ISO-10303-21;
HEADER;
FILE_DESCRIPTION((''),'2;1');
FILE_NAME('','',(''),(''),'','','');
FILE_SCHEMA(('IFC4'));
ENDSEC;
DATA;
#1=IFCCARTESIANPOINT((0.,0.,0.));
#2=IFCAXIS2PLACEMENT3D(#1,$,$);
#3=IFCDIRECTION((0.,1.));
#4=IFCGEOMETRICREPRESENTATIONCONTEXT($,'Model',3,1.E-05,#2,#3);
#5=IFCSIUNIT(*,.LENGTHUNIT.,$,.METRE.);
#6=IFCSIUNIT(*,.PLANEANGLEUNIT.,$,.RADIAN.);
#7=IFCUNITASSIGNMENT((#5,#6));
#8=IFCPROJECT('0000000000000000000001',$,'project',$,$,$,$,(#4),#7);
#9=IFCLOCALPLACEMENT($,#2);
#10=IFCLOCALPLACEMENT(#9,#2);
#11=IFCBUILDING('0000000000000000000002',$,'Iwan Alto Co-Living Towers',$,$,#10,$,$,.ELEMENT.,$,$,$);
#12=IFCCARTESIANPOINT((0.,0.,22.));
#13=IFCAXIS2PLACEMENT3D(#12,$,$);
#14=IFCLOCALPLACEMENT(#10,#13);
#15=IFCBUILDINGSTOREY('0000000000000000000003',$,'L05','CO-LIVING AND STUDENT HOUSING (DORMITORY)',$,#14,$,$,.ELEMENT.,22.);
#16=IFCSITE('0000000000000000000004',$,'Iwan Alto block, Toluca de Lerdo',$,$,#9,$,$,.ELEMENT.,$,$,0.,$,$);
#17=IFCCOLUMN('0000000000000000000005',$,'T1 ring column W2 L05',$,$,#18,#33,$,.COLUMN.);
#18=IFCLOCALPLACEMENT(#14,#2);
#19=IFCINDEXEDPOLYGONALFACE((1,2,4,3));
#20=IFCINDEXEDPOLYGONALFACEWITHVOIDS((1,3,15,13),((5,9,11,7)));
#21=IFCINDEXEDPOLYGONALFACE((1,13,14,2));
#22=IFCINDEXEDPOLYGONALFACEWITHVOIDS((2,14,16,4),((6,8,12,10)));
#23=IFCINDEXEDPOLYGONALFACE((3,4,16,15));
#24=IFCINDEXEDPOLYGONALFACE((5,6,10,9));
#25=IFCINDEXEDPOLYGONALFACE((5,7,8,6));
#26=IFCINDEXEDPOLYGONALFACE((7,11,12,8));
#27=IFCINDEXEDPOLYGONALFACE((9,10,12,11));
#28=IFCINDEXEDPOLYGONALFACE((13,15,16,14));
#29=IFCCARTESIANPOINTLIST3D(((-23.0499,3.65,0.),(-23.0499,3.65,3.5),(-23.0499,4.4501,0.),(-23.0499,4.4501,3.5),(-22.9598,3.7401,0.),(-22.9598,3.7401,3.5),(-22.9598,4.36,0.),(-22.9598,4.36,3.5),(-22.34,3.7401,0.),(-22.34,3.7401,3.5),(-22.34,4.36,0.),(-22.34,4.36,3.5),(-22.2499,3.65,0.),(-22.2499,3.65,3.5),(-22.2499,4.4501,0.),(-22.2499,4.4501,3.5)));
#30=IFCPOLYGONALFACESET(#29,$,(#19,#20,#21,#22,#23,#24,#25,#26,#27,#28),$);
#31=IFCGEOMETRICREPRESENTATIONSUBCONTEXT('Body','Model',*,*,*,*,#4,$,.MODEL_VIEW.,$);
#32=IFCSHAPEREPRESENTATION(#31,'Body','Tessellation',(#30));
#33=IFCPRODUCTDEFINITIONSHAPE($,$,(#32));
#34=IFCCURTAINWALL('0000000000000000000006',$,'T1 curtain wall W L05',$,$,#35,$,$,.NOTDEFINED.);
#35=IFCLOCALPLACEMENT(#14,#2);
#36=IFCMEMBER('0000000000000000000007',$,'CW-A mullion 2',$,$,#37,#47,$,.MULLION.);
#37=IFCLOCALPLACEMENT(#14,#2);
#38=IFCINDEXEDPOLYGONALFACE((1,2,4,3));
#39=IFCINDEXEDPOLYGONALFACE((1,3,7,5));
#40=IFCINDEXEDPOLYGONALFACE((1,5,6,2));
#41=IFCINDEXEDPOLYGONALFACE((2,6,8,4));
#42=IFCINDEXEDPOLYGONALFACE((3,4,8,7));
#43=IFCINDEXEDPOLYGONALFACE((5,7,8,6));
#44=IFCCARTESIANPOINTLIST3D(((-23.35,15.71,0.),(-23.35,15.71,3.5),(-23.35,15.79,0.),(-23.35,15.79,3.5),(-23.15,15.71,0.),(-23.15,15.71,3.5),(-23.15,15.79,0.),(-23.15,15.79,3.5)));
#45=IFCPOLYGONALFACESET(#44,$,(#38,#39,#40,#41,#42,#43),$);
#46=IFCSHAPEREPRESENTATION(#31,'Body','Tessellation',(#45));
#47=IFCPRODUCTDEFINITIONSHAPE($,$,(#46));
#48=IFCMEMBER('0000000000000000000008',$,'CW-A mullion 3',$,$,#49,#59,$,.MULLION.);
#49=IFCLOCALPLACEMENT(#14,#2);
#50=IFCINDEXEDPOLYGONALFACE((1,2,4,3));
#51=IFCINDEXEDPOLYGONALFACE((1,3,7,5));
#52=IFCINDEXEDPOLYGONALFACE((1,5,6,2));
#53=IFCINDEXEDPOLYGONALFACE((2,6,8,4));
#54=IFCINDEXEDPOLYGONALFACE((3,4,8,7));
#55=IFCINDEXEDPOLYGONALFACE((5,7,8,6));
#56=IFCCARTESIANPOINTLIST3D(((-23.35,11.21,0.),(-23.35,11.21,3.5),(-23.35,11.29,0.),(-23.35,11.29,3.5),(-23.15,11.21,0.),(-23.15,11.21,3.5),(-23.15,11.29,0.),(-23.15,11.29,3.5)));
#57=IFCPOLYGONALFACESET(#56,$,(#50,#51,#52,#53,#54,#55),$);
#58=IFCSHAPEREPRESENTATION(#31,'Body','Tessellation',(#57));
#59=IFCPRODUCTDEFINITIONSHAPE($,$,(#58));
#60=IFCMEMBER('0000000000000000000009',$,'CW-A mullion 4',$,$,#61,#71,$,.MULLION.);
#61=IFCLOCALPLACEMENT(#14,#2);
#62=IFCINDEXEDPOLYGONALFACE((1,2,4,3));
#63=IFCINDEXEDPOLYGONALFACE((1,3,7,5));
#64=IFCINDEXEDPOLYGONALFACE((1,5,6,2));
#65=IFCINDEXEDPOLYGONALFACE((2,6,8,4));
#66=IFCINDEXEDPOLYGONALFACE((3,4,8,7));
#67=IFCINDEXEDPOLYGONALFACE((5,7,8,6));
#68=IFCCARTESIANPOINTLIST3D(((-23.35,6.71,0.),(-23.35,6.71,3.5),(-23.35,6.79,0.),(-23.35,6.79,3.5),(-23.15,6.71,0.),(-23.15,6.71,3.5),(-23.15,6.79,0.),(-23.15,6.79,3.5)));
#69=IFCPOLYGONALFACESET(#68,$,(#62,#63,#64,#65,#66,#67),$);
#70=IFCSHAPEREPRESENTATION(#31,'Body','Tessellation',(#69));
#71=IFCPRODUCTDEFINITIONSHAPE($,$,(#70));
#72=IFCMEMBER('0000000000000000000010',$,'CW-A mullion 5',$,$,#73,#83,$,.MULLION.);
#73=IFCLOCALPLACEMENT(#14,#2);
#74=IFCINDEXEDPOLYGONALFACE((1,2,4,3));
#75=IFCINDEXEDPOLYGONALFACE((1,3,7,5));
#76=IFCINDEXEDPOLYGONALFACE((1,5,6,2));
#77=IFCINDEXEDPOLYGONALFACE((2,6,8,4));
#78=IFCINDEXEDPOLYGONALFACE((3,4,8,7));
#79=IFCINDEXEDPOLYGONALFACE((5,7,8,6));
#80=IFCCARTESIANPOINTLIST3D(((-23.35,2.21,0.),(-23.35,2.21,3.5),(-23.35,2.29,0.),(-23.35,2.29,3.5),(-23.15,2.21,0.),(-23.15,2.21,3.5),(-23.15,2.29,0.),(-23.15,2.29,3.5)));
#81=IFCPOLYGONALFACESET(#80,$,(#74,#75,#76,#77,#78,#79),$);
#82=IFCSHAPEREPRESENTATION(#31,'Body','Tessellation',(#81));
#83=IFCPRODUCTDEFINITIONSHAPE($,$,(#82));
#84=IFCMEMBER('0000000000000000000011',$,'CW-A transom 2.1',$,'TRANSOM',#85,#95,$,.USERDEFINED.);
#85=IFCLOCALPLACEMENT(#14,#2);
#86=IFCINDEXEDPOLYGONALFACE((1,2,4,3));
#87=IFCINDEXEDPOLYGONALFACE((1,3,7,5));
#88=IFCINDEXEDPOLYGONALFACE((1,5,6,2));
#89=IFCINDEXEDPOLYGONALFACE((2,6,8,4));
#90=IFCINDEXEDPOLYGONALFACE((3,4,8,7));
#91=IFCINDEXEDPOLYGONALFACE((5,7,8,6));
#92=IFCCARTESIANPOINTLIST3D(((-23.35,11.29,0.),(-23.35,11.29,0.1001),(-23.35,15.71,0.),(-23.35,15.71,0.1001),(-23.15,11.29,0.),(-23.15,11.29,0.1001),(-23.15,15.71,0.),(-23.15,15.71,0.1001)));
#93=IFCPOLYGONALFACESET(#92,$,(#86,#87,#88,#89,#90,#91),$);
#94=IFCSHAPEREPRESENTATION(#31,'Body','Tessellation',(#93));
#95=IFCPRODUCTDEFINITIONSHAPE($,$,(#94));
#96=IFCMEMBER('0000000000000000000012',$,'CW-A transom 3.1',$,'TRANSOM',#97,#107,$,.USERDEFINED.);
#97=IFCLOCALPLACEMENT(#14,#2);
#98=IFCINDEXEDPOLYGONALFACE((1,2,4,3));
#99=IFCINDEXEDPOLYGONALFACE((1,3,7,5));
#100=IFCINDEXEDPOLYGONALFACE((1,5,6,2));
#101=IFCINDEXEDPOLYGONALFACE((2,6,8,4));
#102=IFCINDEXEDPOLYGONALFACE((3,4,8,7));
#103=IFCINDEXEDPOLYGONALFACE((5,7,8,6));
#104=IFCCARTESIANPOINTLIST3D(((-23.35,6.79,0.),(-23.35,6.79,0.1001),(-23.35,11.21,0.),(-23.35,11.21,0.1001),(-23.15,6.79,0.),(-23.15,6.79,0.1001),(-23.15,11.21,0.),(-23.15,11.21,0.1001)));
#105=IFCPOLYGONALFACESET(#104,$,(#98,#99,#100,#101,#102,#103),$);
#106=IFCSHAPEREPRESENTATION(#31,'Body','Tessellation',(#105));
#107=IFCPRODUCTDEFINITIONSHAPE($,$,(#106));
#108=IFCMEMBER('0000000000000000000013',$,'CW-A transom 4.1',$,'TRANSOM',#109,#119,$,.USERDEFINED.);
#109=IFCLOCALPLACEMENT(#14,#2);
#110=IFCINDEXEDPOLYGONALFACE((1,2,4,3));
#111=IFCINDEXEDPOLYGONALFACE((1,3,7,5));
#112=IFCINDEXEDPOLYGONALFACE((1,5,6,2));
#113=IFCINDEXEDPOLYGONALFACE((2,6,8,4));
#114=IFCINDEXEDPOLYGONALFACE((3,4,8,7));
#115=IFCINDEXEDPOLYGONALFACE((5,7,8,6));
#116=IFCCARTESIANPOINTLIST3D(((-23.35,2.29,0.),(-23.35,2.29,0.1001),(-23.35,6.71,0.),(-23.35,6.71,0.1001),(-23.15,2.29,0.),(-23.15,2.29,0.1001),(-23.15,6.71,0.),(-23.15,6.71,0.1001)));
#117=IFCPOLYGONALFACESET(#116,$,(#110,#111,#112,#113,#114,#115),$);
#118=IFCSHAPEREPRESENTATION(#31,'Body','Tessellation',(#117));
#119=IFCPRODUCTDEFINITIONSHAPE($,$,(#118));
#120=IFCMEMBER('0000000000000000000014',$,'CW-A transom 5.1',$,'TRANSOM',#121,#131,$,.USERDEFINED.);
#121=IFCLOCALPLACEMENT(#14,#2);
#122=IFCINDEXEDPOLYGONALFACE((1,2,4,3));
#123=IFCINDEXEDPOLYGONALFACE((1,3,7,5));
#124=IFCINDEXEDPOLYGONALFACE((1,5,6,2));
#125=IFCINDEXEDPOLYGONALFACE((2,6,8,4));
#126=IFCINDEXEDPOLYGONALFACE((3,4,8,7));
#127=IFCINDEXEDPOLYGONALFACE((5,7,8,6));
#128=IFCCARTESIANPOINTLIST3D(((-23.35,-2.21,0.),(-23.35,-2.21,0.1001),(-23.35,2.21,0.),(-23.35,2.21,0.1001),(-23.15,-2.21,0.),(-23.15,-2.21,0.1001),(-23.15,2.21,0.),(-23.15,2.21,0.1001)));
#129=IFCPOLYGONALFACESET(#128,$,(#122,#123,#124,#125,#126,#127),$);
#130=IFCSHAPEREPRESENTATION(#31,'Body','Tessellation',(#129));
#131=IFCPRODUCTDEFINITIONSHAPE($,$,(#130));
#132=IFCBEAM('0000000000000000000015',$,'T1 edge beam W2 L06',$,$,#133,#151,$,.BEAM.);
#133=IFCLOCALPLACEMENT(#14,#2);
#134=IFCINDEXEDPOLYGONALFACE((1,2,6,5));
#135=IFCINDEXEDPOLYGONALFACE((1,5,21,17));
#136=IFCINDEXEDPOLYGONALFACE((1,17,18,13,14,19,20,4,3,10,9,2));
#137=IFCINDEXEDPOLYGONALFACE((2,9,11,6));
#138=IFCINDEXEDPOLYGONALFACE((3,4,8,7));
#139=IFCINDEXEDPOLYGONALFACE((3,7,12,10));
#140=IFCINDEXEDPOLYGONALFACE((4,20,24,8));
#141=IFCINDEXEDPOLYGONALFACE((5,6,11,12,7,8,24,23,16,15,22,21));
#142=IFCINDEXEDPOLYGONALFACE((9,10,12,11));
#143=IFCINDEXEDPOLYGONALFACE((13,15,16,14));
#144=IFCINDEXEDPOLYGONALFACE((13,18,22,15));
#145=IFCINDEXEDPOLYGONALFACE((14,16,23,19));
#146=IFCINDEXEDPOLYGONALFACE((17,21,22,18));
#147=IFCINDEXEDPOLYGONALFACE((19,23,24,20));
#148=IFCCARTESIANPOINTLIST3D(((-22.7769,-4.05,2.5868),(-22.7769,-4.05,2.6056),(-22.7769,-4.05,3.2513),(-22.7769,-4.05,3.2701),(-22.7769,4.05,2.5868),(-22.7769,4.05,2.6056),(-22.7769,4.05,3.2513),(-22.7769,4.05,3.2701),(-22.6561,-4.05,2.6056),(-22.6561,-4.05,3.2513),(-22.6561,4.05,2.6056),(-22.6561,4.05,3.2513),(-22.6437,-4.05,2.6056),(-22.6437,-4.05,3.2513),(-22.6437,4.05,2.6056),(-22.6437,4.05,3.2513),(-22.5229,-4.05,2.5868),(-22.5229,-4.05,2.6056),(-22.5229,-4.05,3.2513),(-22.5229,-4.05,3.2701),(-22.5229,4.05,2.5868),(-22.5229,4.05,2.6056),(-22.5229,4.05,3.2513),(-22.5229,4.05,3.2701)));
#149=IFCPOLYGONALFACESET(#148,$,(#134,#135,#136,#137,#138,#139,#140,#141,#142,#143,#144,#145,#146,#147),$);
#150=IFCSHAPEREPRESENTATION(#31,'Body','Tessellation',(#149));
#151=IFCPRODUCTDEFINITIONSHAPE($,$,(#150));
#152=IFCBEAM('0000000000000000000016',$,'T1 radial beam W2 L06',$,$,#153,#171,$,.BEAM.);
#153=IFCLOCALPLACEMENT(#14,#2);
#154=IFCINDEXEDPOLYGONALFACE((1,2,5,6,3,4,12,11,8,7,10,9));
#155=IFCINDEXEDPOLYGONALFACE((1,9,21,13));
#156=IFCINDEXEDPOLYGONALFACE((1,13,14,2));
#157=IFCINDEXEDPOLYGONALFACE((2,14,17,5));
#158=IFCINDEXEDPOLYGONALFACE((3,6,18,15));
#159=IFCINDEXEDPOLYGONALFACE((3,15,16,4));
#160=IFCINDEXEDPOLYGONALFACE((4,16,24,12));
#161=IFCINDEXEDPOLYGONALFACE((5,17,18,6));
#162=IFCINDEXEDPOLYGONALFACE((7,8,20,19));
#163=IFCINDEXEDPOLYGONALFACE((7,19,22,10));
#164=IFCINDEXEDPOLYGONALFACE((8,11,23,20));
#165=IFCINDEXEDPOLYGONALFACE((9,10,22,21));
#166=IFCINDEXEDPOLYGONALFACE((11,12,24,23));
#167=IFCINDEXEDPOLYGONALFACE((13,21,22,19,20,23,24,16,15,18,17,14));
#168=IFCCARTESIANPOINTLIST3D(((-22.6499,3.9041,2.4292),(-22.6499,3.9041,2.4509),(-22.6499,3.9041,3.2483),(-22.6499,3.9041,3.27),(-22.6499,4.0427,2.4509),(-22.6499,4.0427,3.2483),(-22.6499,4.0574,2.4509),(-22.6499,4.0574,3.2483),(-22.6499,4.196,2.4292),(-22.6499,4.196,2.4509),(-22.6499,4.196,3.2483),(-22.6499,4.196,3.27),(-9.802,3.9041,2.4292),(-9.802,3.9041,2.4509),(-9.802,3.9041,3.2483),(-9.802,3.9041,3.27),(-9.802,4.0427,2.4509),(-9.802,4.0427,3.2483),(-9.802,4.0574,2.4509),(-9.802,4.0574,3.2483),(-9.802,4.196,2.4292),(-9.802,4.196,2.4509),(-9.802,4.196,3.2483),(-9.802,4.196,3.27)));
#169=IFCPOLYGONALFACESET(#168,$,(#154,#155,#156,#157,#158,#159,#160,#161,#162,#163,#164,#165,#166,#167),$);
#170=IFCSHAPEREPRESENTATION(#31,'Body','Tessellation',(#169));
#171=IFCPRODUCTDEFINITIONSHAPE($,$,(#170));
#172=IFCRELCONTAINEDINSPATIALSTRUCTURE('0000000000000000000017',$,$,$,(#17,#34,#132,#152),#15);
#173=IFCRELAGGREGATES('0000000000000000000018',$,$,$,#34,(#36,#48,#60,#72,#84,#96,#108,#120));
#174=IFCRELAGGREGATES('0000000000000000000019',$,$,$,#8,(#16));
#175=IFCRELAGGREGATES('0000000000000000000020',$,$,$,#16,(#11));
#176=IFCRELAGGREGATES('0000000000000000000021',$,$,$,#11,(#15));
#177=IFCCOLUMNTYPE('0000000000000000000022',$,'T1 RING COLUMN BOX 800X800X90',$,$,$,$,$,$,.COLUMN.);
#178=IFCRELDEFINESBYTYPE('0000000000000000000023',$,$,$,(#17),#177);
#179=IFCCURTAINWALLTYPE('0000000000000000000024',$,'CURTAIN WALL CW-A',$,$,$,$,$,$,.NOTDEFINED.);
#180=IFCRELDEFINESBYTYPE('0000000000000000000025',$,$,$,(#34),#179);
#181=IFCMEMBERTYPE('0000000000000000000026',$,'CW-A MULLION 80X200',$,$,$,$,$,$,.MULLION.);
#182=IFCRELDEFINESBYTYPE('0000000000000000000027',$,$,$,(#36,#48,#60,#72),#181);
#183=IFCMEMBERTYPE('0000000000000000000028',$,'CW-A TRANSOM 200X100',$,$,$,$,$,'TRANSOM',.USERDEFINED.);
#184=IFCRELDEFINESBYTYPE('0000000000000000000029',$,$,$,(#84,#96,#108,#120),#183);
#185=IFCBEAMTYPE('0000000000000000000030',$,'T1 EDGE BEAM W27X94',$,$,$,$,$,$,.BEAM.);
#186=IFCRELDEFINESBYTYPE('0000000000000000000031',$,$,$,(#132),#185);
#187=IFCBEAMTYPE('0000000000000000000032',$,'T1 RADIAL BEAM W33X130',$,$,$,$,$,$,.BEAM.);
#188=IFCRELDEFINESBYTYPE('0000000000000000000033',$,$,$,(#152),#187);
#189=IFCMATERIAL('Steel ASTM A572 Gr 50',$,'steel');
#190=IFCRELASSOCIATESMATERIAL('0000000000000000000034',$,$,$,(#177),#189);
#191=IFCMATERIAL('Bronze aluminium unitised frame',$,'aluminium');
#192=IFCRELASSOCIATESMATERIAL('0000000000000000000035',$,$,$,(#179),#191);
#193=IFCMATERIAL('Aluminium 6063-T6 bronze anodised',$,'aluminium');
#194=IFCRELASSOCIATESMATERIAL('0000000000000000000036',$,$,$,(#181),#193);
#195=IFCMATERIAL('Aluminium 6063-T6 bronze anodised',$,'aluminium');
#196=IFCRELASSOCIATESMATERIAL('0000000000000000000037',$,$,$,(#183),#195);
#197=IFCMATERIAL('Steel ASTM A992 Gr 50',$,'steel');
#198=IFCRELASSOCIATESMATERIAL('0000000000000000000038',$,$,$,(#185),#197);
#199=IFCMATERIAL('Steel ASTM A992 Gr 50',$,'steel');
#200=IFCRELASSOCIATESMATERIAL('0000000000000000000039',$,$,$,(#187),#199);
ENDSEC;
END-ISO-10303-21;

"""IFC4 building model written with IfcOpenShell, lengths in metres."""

from ifc_helpers import new_model, si_unit, direction, frame, origin, origin_2d, place, context, subcontext, project, spatial, rectangle, hollow_rectangle, i_section, extrude, material, material_profile, profile_set, type_object, element, aggregate, save


model = new_model("IFC4")

# Units and contexts
model_context = context("Model", 3, precision=1e-05, world=origin(), true_north=direction((0.0, 1.0)))
body_context = subcontext(model_context, "Body", "Model", "MODEL_VIEW")
ifc_project = project(units=[si_unit("LENGTHUNIT", "METRE"), si_unit("PLANEANGLEUNIT", "RADIAN")], contexts=[model_context])

# Site, building, storey
site_placement = place(None, origin())
site = spatial("IfcSite", under=ifc_project, at=site_placement, Name="Iwan Alto block, Toluca de Lerdo", CompositionType="ELEMENT", RefElevation=0.0)
building_placement = place(site_placement, origin())
building = spatial("IfcBuilding", under=site, at=building_placement, Name="Iwan Alto Co-Living Towers", CompositionType="ELEMENT")
storey_placement = place(building_placement, frame((0.0, 0.0, 22.0)))
storey = spatial("IfcBuildingStorey", under=building, at=storey_placement, Name="L05", Description="CO-LIVING AND STUDENT HOUSING (DORMITORY)", CompositionType="ELEMENT", Elevation=22.0)

# Column
ifc_material_1 = material(Name="Steel ASTM A572 Gr 50", Category="steel")
ifc_material_profile_1 = material_profile(ifc_material_1, hollow_rectangle(XDim=0.8, YDim=0.8, WallThickness=0.0901, at=origin_2d()), Name="BOX 800X800X90")
ifc_profile_set_1 = profile_set([ifc_material_profile_1], Name="Steel ASTM A572 Gr 50")
column_type = type_object("IfcColumnType", Name="T1 RING COLUMN BOX 800X800X90", PredefinedType="COLUMN", material=ifc_profile_set_1)
column_placement = place(storey_placement, frame((-22.6499, 4.05, 0.0), z_axis=(0.0, 0.0, 1.0), x_axis=(1.0, 0.0, 0.0)))
element("IfcColumn", 1, at=column_placement, inside=storey, type_object=column_type, Name="T1 ring column W2 L05", PredefinedType="COLUMN", context=body_context, shape_type="SweptSolid", body=[
    extrude(hollow_rectangle(XDim=0.8, YDim=0.8, WallThickness=0.0901, at=origin_2d()), origin(), (0.0, 0.0, 1.0), 3.5),
])

# Curtain wall, members
ifc_material_2 = material(Name="Bronze aluminium unitised frame", Category="aluminium")
curtain_wall_type = type_object("IfcCurtainWallType", Name="CURTAIN WALL CW-A", PredefinedType="NOTDEFINED", material=ifc_material_2)
curtain_wall_placement = place(storey_placement, origin())
curtain_wall = element("IfcCurtainWall", 2, at=curtain_wall_placement, inside=storey, type_object=curtain_wall_type, Name="T1 curtain wall W L05", PredefinedType="NOTDEFINED")
ifc_material_3 = material(Name="Aluminium 6063-T6 bronze anodised", Category="aluminium")
ifc_material_profile_2 = material_profile(ifc_material_3, rectangle(XDim=0.2, YDim=0.0801, at=origin_2d()), Name="AL 80X200")
ifc_profile_set_2 = profile_set([ifc_material_profile_2], Name="Aluminium 6063-T6 bronze anodised")
member_type_1 = type_object("IfcMemberType", Name="CW-A MULLION 80X200", PredefinedType="MULLION", material=ifc_profile_set_2)
member_1_placement = place(storey_placement, frame((-23.25, 15.75, 0.0), z_axis=(0.0, 0.0, 1.0), x_axis=(1.0, 0.0, 0.0)))
member_1 = element("IfcMember", 3, at=member_1_placement, type_object=member_type_1, Name="CW-A mullion 2", PredefinedType="MULLION", context=body_context, shape_type="SweptSolid", body=[
    extrude(rectangle(XDim=0.2, YDim=0.0801, at=origin_2d()), origin(), (0.0, 0.0, 1.0), 3.5),
])
member_2_placement = place(storey_placement, frame((-23.25, 11.25, 0.0), z_axis=(0.0, 0.0, 1.0), x_axis=(1.0, 0.0, 0.0)))
member_2 = element("IfcMember", 4, at=member_2_placement, type_object=member_type_1, Name="CW-A mullion 3", PredefinedType="MULLION", context=body_context, shape_type="SweptSolid", body=[
    extrude(rectangle(XDim=0.2, YDim=0.0801, at=origin_2d()), origin(), (0.0, 0.0, 1.0), 3.5),
])
member_3_placement = place(storey_placement, frame((-23.25, 6.75, 0.0), z_axis=(0.0, 0.0, 1.0), x_axis=(1.0, 0.0, 0.0)))
member_3 = element("IfcMember", 5, at=member_3_placement, type_object=member_type_1, Name="CW-A mullion 4", PredefinedType="MULLION", context=body_context, shape_type="SweptSolid", body=[
    extrude(rectangle(XDim=0.2, YDim=0.0801, at=origin_2d()), origin(), (0.0, 0.0, 1.0), 3.5),
])
member_4_placement = place(storey_placement, frame((-23.25, 2.25, 0.0), z_axis=(0.0, 0.0, 1.0), x_axis=(1.0, 0.0, 0.0)))
member_4 = element("IfcMember", 6, at=member_4_placement, type_object=member_type_1, Name="CW-A mullion 5", PredefinedType="MULLION", context=body_context, shape_type="SweptSolid", body=[
    extrude(rectangle(XDim=0.2, YDim=0.0801, at=origin_2d()), origin(), (0.0, 0.0, 1.0), 3.5),
])
ifc_material_4 = material(Name="Aluminium 6063-T6 bronze anodised", Category="aluminium")
ifc_material_profile_3 = material_profile(ifc_material_4, rectangle(XDim=0.2, YDim=0.1001, at=origin_2d()), Name="AL 200X100")
ifc_profile_set_3 = profile_set([ifc_material_profile_3], Name="Aluminium 6063-T6 bronze anodised")
member_type_2 = type_object("IfcMemberType", Name="CW-A TRANSOM 200X100", ElementType="TRANSOM", PredefinedType="USERDEFINED", material=ifc_profile_set_3)
member_5_placement = place(storey_placement, frame((-23.25, 15.71, 0.05), z_axis=(0.0, -1.0, 0.0), x_axis=(1.0, 0.0, 0.0)))
member_5 = element("IfcMember", 7, at=member_5_placement, type_object=member_type_2, Name="CW-A transom 2.1", ObjectType="TRANSOM", PredefinedType="USERDEFINED", context=body_context, shape_type="SweptSolid", body=[
    extrude(rectangle(XDim=0.2, YDim=0.1001, at=origin_2d()), origin(), (0.0, 0.0, 1.0), 4.4199),
])
member_6_placement = place(storey_placement, frame((-23.25, 11.21, 0.05), z_axis=(0.0, -1.0, 0.0), x_axis=(1.0, 0.0, 0.0)))
member_6 = element("IfcMember", 8, at=member_6_placement, type_object=member_type_2, Name="CW-A transom 3.1", ObjectType="TRANSOM", PredefinedType="USERDEFINED", context=body_context, shape_type="SweptSolid", body=[
    extrude(rectangle(XDim=0.2, YDim=0.1001, at=origin_2d()), origin(), (0.0, 0.0, 1.0), 4.4199),
])
member_7_placement = place(storey_placement, frame((-23.25, 6.71, 0.05), z_axis=(0.0, -1.0, 0.0), x_axis=(1.0, 0.0, 0.0)))
member_7 = element("IfcMember", 9, at=member_7_placement, type_object=member_type_2, Name="CW-A transom 4.1", ObjectType="TRANSOM", PredefinedType="USERDEFINED", context=body_context, shape_type="SweptSolid", body=[
    extrude(rectangle(XDim=0.2, YDim=0.1001, at=origin_2d()), origin(), (0.0, 0.0, 1.0), 4.4199),
])
member_8_placement = place(storey_placement, frame((-23.25, 2.21, 0.05), z_axis=(0.0, -1.0, 0.0), x_axis=(1.0, 0.0, 0.0)))
member_8 = element("IfcMember", 10, at=member_8_placement, type_object=member_type_2, Name="CW-A transom 5.1", ObjectType="TRANSOM", PredefinedType="USERDEFINED", context=body_context, shape_type="SweptSolid", body=[
    extrude(rectangle(XDim=0.2, YDim=0.1001, at=origin_2d()), origin(), (0.0, 0.0, 1.0), 4.4199),
])

# Beams
ifc_material_5 = material(Name="Steel ASTM A992 Gr 50", Category="steel")
ifc_material_profile_4 = material_profile(ifc_material_5, i_section(OverallWidth=0.2539, OverallDepth=0.6833, WebThickness=0.0125, FlangeThickness=0.0188, at=origin_2d()), Name="W27X94")
ifc_profile_set_4 = profile_set([ifc_material_profile_4], Name="Steel ASTM A992 Gr 50")
beam_type_1 = type_object("IfcBeamType", Name="T1 EDGE BEAM W27X94", PredefinedType="BEAM", material=ifc_profile_set_4)
beam_1_placement = place(storey_placement, frame((-22.6499, 4.05, 2.9285), z_axis=(0.0, -1.0, 0.0), x_axis=(1.0, 0.0, 0.0)))
element("IfcBeam", 11, at=beam_1_placement, inside=storey, type_object=beam_type_1, Name="T1 edge beam W2 L06", PredefinedType="BEAM", context=body_context, shape_type="SweptSolid", body=[
    extrude(i_section(OverallWidth=0.2539, OverallDepth=0.6833, WebThickness=0.0125, FlangeThickness=0.0188, at=origin_2d()), origin(), (0.0, 0.0, 1.0), 8.1001),
])
ifc_material_6 = material(Name="Steel ASTM A992 Gr 50", Category="steel")
ifc_material_profile_5 = material_profile(ifc_material_6, i_section(OverallWidth=0.292, OverallDepth=0.8408, WebThickness=0.0146, FlangeThickness=0.0217, at=origin_2d()), Name="W33X130")
ifc_profile_set_5 = profile_set([ifc_material_profile_5], Name="Steel ASTM A992 Gr 50")
beam_type_2 = type_object("IfcBeamType", Name="T1 RADIAL BEAM W33X130", PredefinedType="BEAM", material=ifc_profile_set_5)
beam_2_placement = place(storey_placement, frame((-22.6499, 4.05, 2.8496), z_axis=(1.0, 0.0, 0.0), x_axis=(0.0, 1.0, 0.0)))
element("IfcBeam", 12, at=beam_2_placement, inside=storey, type_object=beam_type_2, Name="T1 radial beam W2 L06", PredefinedType="BEAM", context=body_context, shape_type="SweptSolid", body=[
    extrude(i_section(OverallWidth=0.292, OverallDepth=0.8408, WebThickness=0.0146, FlangeThickness=0.0217, at=origin_2d()), origin(), (0.0, 0.0, 1.0), 12.8479),
])

aggregate(curtain_wall, [member_1, member_2, member_3, member_4, member_5, member_6, member_7, member_8])

save(model, "model.ifc")
